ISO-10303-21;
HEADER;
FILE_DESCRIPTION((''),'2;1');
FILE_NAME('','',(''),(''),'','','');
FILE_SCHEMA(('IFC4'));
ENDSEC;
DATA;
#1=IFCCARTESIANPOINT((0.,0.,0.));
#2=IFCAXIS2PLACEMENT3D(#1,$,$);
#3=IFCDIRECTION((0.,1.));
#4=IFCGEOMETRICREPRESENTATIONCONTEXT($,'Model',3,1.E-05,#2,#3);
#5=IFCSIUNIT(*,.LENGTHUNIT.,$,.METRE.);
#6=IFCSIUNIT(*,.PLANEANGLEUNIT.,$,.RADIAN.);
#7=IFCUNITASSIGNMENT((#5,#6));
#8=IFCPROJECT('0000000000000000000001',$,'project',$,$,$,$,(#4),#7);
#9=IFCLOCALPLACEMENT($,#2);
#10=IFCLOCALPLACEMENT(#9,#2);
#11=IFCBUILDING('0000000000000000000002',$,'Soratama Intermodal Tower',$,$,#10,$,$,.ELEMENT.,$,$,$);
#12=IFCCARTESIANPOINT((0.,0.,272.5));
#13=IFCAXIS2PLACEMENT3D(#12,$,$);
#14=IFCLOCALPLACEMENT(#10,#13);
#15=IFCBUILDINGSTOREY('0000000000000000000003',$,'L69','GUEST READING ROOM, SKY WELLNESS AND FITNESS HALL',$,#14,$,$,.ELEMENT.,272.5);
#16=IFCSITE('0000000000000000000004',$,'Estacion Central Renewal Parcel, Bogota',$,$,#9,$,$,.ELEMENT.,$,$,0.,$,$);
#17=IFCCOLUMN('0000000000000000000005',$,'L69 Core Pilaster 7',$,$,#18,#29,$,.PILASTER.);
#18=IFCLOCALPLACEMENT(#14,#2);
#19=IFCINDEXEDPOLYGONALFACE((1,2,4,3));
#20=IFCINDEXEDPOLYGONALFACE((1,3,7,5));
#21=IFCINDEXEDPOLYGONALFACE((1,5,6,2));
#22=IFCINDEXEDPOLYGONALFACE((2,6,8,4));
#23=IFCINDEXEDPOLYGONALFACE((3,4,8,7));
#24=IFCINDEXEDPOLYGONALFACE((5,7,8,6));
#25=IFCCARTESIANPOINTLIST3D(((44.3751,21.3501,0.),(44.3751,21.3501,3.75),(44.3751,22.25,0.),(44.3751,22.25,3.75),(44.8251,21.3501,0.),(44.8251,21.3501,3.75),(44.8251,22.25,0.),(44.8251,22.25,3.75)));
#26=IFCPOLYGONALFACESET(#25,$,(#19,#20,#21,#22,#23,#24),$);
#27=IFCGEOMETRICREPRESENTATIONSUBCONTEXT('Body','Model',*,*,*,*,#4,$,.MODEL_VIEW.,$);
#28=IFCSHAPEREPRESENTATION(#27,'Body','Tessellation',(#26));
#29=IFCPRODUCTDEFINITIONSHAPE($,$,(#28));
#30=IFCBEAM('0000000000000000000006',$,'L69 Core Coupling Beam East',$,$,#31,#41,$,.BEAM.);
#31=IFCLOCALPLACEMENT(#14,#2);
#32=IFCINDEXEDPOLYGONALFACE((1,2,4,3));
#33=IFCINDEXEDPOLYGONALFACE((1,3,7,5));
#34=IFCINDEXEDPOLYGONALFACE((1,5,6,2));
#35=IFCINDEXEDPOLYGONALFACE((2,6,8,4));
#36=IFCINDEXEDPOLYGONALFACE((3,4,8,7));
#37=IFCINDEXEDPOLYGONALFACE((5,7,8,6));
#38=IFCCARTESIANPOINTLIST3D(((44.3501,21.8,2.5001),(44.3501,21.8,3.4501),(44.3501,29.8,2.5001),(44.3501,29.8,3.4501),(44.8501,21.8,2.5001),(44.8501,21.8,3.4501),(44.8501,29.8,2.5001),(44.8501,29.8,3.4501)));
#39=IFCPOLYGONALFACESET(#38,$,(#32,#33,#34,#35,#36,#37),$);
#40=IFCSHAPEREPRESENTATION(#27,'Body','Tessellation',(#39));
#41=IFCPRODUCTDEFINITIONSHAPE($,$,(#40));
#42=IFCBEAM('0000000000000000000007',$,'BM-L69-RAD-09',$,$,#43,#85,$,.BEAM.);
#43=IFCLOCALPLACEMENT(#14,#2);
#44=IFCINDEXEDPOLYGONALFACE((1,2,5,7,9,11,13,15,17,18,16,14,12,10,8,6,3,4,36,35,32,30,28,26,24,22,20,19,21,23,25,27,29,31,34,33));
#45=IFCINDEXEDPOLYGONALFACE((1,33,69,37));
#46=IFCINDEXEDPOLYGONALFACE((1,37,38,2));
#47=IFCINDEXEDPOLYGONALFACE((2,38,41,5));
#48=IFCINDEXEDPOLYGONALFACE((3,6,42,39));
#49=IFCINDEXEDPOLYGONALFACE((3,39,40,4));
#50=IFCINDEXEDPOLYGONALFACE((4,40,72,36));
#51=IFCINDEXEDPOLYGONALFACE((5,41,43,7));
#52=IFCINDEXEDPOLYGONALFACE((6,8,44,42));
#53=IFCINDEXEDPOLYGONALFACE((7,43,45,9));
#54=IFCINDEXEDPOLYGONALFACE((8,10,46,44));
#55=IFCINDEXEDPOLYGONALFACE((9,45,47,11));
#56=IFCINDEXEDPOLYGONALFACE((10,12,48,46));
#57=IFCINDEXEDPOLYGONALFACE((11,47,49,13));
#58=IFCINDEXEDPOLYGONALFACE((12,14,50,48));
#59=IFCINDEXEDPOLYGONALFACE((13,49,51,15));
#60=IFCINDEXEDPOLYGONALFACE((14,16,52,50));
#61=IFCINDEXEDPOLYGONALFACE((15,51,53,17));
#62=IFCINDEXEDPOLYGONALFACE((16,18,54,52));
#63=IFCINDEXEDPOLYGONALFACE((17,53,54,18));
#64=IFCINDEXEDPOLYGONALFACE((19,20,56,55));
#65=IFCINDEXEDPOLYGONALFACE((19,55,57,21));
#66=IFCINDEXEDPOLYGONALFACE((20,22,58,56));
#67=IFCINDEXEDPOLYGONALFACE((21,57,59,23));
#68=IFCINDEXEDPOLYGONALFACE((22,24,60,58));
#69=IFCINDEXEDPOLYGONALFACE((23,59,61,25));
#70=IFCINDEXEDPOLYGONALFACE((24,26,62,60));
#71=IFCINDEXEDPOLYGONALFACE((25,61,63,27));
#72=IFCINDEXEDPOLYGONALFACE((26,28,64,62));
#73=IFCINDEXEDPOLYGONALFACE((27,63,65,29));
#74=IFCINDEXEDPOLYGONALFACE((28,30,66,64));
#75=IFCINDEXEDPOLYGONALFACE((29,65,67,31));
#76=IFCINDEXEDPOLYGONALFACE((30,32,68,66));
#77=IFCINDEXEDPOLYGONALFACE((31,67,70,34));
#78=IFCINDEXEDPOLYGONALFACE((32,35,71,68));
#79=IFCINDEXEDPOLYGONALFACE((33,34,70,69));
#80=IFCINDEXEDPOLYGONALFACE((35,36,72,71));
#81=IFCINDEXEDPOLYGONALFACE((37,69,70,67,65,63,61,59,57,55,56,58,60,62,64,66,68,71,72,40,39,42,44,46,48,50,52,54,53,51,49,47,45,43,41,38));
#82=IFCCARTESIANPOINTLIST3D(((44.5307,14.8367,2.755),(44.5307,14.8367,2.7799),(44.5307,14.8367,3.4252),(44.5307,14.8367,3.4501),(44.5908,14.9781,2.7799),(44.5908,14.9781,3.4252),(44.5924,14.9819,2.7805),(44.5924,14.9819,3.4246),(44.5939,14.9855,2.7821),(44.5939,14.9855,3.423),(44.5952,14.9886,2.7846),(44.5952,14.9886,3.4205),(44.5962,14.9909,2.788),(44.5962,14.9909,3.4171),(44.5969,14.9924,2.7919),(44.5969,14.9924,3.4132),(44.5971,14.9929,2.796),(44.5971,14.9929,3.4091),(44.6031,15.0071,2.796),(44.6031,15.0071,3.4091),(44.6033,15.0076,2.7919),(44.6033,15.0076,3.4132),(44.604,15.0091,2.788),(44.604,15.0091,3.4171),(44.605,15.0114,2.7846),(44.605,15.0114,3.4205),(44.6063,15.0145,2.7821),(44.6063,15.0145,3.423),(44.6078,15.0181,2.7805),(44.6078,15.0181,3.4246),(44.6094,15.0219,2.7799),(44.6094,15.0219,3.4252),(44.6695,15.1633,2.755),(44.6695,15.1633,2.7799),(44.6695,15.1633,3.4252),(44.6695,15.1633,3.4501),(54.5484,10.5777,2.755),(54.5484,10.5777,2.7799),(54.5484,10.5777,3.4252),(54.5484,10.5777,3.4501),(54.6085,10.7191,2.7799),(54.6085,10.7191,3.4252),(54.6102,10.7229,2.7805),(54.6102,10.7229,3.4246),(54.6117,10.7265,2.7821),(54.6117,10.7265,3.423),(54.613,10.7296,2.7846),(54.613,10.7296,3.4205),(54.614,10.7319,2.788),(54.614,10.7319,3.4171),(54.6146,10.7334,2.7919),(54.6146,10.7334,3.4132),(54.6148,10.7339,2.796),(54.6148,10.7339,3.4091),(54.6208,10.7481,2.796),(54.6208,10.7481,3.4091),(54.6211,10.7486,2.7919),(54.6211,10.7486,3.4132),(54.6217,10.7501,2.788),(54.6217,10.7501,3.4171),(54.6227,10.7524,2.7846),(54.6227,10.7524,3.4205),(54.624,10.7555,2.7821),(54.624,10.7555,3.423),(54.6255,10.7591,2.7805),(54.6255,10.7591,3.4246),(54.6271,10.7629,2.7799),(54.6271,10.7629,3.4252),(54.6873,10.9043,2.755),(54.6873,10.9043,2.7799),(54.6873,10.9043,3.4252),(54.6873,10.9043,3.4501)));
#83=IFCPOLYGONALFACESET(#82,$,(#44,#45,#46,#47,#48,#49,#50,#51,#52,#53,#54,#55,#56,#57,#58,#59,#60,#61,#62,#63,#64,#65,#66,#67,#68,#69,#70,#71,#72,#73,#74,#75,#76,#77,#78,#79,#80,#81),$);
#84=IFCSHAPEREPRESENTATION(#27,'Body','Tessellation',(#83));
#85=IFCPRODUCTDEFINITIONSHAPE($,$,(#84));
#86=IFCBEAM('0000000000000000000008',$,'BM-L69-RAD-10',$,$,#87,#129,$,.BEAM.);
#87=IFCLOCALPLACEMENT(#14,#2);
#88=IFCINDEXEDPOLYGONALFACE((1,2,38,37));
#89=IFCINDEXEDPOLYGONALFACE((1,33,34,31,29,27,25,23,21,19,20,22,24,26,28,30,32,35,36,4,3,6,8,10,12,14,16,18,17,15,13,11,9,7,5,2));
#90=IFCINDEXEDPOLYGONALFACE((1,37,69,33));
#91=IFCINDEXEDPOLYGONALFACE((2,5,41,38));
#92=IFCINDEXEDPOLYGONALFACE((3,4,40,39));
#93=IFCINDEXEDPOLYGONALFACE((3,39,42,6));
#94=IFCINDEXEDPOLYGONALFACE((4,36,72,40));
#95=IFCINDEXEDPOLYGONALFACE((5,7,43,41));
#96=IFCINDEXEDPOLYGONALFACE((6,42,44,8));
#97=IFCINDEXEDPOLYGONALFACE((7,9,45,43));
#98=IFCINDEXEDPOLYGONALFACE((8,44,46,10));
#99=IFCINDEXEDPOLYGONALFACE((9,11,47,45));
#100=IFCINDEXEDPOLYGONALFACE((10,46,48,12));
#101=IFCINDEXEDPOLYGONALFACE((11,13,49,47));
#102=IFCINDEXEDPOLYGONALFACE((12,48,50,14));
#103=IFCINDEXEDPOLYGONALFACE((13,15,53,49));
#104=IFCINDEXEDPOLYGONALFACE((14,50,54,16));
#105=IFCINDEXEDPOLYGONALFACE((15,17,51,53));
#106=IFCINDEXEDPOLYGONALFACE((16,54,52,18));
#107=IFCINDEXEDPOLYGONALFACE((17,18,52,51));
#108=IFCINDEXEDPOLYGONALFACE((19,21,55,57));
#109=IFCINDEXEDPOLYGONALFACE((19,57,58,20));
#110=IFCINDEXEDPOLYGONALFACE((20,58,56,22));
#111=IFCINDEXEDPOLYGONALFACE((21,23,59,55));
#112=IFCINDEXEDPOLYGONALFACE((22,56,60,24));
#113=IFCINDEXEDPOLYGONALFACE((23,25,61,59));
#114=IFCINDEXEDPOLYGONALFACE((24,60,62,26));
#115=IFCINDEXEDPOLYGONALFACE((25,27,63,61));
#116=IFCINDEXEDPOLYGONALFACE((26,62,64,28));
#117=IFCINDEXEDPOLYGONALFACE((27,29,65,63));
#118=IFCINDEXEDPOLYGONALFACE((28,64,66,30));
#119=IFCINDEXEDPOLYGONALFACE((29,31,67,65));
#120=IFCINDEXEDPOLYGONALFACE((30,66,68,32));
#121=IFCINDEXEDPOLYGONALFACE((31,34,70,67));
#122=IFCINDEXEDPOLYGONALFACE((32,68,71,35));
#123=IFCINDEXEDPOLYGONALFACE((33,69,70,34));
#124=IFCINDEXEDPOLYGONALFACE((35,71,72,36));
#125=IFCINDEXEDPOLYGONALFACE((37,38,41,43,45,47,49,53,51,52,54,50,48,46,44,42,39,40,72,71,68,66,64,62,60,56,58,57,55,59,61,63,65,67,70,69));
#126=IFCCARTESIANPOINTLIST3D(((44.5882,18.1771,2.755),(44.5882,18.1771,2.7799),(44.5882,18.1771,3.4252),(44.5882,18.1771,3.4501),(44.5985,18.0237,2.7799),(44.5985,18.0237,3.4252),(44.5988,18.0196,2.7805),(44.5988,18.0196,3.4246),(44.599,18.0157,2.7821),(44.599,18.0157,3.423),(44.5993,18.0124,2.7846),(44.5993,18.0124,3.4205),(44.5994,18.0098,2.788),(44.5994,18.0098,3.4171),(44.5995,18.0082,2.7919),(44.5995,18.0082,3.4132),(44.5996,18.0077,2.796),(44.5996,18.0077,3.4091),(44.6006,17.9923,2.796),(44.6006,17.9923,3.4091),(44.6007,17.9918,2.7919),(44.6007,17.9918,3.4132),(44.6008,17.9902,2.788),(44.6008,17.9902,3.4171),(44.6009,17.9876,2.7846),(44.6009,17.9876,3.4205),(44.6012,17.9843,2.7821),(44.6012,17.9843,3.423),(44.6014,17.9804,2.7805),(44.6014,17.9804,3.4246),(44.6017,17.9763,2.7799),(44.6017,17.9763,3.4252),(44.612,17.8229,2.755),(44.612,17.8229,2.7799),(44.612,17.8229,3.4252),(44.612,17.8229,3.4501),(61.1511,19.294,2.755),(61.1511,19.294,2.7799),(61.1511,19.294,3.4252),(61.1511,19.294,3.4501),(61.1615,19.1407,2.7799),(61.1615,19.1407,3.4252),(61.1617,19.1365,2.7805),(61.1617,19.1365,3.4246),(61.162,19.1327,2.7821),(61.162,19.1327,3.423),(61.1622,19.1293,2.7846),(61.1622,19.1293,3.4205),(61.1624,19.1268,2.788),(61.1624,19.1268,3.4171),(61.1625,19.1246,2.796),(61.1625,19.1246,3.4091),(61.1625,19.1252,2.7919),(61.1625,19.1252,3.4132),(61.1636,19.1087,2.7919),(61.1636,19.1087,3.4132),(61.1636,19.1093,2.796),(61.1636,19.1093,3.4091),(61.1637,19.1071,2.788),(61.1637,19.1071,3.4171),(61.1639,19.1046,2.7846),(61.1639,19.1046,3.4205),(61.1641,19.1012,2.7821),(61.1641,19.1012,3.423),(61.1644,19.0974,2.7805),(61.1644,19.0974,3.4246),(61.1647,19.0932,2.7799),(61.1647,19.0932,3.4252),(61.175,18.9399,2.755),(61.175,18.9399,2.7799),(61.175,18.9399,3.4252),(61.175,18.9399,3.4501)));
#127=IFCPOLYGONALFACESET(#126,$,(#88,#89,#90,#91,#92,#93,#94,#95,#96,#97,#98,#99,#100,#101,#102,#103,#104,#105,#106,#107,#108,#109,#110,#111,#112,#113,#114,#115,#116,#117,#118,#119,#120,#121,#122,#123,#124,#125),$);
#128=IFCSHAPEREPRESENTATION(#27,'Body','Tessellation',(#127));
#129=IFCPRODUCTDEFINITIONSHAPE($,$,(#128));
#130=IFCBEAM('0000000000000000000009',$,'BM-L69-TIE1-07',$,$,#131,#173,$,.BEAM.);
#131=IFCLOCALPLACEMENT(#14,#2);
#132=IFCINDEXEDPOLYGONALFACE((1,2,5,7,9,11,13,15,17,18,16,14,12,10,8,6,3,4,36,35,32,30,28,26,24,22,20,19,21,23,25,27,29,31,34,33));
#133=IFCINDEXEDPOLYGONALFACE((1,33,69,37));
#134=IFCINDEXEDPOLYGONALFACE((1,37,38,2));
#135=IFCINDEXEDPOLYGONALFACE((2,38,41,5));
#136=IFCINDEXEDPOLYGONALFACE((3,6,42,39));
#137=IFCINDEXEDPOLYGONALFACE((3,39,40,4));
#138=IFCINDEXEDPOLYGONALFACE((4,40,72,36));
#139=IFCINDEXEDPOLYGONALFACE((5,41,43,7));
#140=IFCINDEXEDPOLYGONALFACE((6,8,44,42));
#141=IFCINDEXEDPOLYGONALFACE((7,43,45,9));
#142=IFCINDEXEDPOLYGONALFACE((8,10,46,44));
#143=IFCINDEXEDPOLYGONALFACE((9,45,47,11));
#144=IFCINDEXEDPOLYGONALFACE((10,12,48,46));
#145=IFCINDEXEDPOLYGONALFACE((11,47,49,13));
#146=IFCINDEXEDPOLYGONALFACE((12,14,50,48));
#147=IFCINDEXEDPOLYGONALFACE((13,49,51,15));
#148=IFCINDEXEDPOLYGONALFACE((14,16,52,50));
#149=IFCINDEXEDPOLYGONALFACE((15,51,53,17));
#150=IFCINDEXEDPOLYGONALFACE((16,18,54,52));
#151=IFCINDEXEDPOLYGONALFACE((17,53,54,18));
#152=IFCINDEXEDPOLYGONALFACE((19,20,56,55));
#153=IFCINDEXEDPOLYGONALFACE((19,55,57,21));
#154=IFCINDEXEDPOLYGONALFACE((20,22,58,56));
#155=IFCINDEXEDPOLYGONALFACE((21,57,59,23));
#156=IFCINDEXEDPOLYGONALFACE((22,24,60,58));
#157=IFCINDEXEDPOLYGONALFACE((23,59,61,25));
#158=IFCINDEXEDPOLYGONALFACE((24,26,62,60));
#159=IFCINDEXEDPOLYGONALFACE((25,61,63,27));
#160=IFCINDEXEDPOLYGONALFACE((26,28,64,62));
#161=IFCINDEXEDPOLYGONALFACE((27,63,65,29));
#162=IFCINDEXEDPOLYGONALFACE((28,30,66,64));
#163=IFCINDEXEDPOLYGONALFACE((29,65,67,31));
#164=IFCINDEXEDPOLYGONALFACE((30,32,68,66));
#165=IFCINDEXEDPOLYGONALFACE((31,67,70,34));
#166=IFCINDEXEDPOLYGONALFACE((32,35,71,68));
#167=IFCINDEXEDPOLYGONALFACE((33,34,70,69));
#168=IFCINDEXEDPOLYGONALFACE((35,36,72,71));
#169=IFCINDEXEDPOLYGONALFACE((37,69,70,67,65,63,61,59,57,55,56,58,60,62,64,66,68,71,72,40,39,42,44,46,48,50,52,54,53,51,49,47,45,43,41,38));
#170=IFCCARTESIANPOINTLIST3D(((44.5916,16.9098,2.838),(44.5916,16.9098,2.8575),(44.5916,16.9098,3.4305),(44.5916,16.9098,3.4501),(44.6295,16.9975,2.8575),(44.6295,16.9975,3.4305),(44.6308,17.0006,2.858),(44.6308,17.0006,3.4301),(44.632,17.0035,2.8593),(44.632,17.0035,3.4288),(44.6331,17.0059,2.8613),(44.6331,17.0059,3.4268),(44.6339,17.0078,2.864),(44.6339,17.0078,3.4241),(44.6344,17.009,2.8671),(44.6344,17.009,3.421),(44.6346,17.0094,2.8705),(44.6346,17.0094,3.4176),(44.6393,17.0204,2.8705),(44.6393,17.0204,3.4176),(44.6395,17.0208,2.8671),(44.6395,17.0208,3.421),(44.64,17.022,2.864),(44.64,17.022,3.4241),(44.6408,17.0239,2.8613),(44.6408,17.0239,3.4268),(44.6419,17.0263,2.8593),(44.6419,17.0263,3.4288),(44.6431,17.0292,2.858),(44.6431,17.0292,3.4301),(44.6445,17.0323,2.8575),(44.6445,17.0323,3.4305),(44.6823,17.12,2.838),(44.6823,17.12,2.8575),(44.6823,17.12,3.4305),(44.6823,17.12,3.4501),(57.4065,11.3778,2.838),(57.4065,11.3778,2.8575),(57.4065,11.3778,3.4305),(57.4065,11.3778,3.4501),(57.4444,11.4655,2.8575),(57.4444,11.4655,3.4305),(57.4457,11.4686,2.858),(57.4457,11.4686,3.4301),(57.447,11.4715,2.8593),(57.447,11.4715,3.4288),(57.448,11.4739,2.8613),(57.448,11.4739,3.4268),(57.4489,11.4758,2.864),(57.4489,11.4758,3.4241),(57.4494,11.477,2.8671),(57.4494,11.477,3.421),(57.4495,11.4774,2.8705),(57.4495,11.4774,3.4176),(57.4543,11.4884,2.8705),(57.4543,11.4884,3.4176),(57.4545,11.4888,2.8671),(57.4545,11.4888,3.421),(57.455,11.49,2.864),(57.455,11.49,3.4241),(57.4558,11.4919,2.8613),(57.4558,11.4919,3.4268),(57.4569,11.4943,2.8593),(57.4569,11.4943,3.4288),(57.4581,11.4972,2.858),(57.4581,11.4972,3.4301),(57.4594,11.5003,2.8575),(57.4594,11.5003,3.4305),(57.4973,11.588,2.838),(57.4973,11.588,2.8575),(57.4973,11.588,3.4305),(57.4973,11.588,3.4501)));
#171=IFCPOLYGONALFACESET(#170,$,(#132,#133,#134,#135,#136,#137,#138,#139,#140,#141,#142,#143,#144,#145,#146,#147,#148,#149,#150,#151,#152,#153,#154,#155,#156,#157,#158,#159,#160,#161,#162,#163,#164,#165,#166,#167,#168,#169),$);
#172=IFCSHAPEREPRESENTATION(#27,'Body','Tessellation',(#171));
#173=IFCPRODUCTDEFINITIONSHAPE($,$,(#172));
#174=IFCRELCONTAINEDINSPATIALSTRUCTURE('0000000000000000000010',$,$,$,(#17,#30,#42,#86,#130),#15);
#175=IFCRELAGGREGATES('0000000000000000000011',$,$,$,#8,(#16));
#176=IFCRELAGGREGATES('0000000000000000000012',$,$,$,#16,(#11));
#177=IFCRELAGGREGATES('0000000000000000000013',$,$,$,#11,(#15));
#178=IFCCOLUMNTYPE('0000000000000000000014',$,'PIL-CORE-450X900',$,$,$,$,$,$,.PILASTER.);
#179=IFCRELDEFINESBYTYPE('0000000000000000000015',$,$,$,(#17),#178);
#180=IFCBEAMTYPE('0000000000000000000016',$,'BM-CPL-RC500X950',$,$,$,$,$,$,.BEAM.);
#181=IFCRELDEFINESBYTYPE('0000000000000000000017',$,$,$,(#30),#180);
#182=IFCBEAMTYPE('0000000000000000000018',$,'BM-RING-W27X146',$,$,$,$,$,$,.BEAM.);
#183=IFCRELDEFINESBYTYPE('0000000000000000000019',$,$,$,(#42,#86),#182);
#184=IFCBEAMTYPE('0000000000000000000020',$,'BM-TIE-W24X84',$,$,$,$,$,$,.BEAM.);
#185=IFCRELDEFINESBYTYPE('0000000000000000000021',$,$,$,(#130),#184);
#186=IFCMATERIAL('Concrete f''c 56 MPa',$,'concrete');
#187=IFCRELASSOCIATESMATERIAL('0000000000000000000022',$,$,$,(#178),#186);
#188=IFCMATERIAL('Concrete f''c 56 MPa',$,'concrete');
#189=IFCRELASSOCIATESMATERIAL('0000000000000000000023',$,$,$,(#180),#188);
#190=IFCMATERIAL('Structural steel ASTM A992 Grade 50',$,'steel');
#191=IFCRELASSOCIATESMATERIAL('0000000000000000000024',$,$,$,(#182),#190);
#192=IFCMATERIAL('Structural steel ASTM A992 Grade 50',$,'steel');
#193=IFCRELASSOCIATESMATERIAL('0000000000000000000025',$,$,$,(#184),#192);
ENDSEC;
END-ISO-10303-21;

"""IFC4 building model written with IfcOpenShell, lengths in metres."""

from ifc_helpers import new_model, si_unit, direction, frame, origin, origin_2d, place, context, subcontext, project, spatial, rectangle, i_section, extrude, material, material_profile, profile_set, type_object, element, save


model = new_model("IFC4")

# Units and contexts
model_context = context("Model", 3, precision=1e-05, world=origin(), true_north=direction((0.0, 1.0)))
body_context = subcontext(model_context, "Body", "Model", "MODEL_VIEW")
ifc_project = project(units=[si_unit("LENGTHUNIT", "METRE"), si_unit("PLANEANGLEUNIT", "RADIAN")], contexts=[model_context])

# Site, building, storey
site_placement = place(None, origin())
site = spatial("IfcSite", under=ifc_project, at=site_placement, Name="Estacion Central Renewal Parcel, Bogota", CompositionType="ELEMENT", RefElevation=0.0)
building_placement = place(site_placement, origin())
building = spatial("IfcBuilding", under=site, at=building_placement, Name="Soratama Intermodal Tower", CompositionType="ELEMENT")
storey_placement = place(building_placement, frame((0.0, 0.0, 272.5)))
storey = spatial("IfcBuildingStorey", under=building, at=storey_placement, Name="L69", Description="GUEST READING ROOM, SKY WELLNESS AND FITNESS HALL", CompositionType="ELEMENT", Elevation=272.5)

# Column
ifc_material_1 = material(Name="Concrete f'c 56 MPa", Category="concrete")
ifc_material_profile_1 = material_profile(ifc_material_1, rectangle(XDim=0.45, YDim=0.8999, at=origin_2d()), Name="RC450X900")
ifc_profile_set_1 = profile_set([ifc_material_profile_1], Name="Concrete f'c 56 MPa")
column_type = type_object("IfcColumnType", Name="PIL-CORE-450X900", PredefinedType="PILASTER", material=ifc_profile_set_1)
column_placement = place(storey_placement, frame((44.6001, 21.8, 0.0), z_axis=(0.0, 0.0, 1.0), x_axis=(1.0, 0.0, 0.0)))
element("IfcColumn", 1, at=column_placement, inside=storey, type_object=column_type, Name="L69 Core Pilaster 7", PredefinedType="PILASTER", context=body_context, shape_type="SweptSolid", body=[
    extrude(rectangle(XDim=0.45, YDim=0.8999, at=origin_2d()), origin(), (0.0, 0.0, 1.0), 3.75),
])

# Beams
ifc_material_2 = material(Name="Concrete f'c 56 MPa", Category="concrete")
ifc_material_profile_2 = material_profile(ifc_material_2, rectangle(XDim=0.5, YDim=0.95, at=origin_2d()), Name="RC500X950")
ifc_profile_set_2 = profile_set([ifc_material_profile_2], Name="Concrete f'c 56 MPa")
beam_type_1 = type_object("IfcBeamType", Name="BM-CPL-RC500X950", PredefinedType="BEAM", material=ifc_profile_set_2)
beam_1_placement = place(storey_placement, frame((44.6001, 21.8, 2.9751), z_axis=(0.0, 1.0, 0.0), x_axis=(-1.0, 0.0, 0.0)))
element("IfcBeam", 2, at=beam_1_placement, inside=storey, type_object=beam_type_1, Name="L69 Core Coupling Beam East", PredefinedType="BEAM", context=body_context, shape_type="SweptSolid", body=[
    extrude(rectangle(XDim=0.5, YDim=0.95, at=origin_2d()), origin(), (0.0, 0.0, 1.0), 8.0),
])
ifc_material_3 = material(Name="Structural steel ASTM A992 Grade 50", Category="steel")
ifc_material_profile_3 = material_profile(ifc_material_3, i_section(OverallWidth=0.355, OverallDepth=0.6951, WebThickness=0.0154, FlangeThickness=0.0249, FilletRadius=0.0161, at=origin_2d()), Name="W27X146")
ifc_profile_set_3 = profile_set([ifc_material_profile_3], Name="Structural steel ASTM A992 Grade 50")
beam_type_2 = type_object("IfcBeamType", Name="BM-RING-W27X146", PredefinedType="BEAM", material=ifc_profile_set_3)
beam_2_placement = place(storey_placement, frame((44.6001, 15.0, 3.1025), z_axis=(0.920283, -0.391254, 0.0), x_axis=(0.391254, 0.920283, 0.0)))
element("IfcBeam", 3, at=beam_2_placement, inside=storey, type_object=beam_type_2, Name="BM-L69-RAD-09", PredefinedType="BEAM", context=body_context, shape_type="SweptSolid", body=[
    extrude(i_section(OverallWidth=0.355, OverallDepth=0.6951, WebThickness=0.0154, FlangeThickness=0.0249, FilletRadius=0.0161, at=origin_2d()), origin(), (0.0, 0.0, 1.0), 10.8855),
])
beam_3_placement = place(storey_placement, frame((44.6001, 18.0, 3.1025), z_axis=(0.997734, 0.067283, 0.0), x_axis=(-0.067283, 0.997734, 0.0)))
element("IfcBeam", 4, at=beam_3_placement, inside=storey, type_object=beam_type_2, Name="BM-L69-RAD-10", PredefinedType="BEAM", context=body_context, shape_type="SweptSolid", body=[
    extrude(i_section(OverallWidth=0.355, OverallDepth=0.6951, WebThickness=0.0154, FlangeThickness=0.0249, FilletRadius=0.0161, at=origin_2d()), origin(), (0.0, 0.0, 1.0), 16.6006),
])
ifc_material_4 = material(Name="Structural steel ASTM A992 Grade 50", Category="steel")
ifc_material_profile_4 = material_profile(ifc_material_4, i_section(OverallWidth=0.229, OverallDepth=0.6121, WebThickness=0.012, FlangeThickness=0.0195, FilletRadius=0.0129, at=origin_2d()), Name="W24X84")
ifc_profile_set_4 = profile_set([ifc_material_profile_4], Name="Structural steel ASTM A992 Grade 50")
beam_type_3 = type_object("IfcBeamType", Name="BM-TIE-W24X84", PredefinedType="BEAM", material=ifc_profile_set_4)
beam_4_placement = place(storey_placement, frame((44.637, 17.0149, 3.144), z_axis=(0.918108, -0.396331, 0.0), x_axis=(0.396331, 0.918108, 0.0)))
element("IfcBeam", 5, at=beam_4_placement, inside=storey, type_object=beam_type_3, Name="BM-L69-TIE1-07", PredefinedType="BEAM", context=body_context, shape_type="SweptSolid", body=[
    extrude(i_section(OverallWidth=0.229, OverallDepth=0.6121, WebThickness=0.012, FlangeThickness=0.0195, FilletRadius=0.0129, at=origin_2d()), origin(), (0.0, 0.0, 1.0), 13.958),
])

save(model, "model.ifc")
